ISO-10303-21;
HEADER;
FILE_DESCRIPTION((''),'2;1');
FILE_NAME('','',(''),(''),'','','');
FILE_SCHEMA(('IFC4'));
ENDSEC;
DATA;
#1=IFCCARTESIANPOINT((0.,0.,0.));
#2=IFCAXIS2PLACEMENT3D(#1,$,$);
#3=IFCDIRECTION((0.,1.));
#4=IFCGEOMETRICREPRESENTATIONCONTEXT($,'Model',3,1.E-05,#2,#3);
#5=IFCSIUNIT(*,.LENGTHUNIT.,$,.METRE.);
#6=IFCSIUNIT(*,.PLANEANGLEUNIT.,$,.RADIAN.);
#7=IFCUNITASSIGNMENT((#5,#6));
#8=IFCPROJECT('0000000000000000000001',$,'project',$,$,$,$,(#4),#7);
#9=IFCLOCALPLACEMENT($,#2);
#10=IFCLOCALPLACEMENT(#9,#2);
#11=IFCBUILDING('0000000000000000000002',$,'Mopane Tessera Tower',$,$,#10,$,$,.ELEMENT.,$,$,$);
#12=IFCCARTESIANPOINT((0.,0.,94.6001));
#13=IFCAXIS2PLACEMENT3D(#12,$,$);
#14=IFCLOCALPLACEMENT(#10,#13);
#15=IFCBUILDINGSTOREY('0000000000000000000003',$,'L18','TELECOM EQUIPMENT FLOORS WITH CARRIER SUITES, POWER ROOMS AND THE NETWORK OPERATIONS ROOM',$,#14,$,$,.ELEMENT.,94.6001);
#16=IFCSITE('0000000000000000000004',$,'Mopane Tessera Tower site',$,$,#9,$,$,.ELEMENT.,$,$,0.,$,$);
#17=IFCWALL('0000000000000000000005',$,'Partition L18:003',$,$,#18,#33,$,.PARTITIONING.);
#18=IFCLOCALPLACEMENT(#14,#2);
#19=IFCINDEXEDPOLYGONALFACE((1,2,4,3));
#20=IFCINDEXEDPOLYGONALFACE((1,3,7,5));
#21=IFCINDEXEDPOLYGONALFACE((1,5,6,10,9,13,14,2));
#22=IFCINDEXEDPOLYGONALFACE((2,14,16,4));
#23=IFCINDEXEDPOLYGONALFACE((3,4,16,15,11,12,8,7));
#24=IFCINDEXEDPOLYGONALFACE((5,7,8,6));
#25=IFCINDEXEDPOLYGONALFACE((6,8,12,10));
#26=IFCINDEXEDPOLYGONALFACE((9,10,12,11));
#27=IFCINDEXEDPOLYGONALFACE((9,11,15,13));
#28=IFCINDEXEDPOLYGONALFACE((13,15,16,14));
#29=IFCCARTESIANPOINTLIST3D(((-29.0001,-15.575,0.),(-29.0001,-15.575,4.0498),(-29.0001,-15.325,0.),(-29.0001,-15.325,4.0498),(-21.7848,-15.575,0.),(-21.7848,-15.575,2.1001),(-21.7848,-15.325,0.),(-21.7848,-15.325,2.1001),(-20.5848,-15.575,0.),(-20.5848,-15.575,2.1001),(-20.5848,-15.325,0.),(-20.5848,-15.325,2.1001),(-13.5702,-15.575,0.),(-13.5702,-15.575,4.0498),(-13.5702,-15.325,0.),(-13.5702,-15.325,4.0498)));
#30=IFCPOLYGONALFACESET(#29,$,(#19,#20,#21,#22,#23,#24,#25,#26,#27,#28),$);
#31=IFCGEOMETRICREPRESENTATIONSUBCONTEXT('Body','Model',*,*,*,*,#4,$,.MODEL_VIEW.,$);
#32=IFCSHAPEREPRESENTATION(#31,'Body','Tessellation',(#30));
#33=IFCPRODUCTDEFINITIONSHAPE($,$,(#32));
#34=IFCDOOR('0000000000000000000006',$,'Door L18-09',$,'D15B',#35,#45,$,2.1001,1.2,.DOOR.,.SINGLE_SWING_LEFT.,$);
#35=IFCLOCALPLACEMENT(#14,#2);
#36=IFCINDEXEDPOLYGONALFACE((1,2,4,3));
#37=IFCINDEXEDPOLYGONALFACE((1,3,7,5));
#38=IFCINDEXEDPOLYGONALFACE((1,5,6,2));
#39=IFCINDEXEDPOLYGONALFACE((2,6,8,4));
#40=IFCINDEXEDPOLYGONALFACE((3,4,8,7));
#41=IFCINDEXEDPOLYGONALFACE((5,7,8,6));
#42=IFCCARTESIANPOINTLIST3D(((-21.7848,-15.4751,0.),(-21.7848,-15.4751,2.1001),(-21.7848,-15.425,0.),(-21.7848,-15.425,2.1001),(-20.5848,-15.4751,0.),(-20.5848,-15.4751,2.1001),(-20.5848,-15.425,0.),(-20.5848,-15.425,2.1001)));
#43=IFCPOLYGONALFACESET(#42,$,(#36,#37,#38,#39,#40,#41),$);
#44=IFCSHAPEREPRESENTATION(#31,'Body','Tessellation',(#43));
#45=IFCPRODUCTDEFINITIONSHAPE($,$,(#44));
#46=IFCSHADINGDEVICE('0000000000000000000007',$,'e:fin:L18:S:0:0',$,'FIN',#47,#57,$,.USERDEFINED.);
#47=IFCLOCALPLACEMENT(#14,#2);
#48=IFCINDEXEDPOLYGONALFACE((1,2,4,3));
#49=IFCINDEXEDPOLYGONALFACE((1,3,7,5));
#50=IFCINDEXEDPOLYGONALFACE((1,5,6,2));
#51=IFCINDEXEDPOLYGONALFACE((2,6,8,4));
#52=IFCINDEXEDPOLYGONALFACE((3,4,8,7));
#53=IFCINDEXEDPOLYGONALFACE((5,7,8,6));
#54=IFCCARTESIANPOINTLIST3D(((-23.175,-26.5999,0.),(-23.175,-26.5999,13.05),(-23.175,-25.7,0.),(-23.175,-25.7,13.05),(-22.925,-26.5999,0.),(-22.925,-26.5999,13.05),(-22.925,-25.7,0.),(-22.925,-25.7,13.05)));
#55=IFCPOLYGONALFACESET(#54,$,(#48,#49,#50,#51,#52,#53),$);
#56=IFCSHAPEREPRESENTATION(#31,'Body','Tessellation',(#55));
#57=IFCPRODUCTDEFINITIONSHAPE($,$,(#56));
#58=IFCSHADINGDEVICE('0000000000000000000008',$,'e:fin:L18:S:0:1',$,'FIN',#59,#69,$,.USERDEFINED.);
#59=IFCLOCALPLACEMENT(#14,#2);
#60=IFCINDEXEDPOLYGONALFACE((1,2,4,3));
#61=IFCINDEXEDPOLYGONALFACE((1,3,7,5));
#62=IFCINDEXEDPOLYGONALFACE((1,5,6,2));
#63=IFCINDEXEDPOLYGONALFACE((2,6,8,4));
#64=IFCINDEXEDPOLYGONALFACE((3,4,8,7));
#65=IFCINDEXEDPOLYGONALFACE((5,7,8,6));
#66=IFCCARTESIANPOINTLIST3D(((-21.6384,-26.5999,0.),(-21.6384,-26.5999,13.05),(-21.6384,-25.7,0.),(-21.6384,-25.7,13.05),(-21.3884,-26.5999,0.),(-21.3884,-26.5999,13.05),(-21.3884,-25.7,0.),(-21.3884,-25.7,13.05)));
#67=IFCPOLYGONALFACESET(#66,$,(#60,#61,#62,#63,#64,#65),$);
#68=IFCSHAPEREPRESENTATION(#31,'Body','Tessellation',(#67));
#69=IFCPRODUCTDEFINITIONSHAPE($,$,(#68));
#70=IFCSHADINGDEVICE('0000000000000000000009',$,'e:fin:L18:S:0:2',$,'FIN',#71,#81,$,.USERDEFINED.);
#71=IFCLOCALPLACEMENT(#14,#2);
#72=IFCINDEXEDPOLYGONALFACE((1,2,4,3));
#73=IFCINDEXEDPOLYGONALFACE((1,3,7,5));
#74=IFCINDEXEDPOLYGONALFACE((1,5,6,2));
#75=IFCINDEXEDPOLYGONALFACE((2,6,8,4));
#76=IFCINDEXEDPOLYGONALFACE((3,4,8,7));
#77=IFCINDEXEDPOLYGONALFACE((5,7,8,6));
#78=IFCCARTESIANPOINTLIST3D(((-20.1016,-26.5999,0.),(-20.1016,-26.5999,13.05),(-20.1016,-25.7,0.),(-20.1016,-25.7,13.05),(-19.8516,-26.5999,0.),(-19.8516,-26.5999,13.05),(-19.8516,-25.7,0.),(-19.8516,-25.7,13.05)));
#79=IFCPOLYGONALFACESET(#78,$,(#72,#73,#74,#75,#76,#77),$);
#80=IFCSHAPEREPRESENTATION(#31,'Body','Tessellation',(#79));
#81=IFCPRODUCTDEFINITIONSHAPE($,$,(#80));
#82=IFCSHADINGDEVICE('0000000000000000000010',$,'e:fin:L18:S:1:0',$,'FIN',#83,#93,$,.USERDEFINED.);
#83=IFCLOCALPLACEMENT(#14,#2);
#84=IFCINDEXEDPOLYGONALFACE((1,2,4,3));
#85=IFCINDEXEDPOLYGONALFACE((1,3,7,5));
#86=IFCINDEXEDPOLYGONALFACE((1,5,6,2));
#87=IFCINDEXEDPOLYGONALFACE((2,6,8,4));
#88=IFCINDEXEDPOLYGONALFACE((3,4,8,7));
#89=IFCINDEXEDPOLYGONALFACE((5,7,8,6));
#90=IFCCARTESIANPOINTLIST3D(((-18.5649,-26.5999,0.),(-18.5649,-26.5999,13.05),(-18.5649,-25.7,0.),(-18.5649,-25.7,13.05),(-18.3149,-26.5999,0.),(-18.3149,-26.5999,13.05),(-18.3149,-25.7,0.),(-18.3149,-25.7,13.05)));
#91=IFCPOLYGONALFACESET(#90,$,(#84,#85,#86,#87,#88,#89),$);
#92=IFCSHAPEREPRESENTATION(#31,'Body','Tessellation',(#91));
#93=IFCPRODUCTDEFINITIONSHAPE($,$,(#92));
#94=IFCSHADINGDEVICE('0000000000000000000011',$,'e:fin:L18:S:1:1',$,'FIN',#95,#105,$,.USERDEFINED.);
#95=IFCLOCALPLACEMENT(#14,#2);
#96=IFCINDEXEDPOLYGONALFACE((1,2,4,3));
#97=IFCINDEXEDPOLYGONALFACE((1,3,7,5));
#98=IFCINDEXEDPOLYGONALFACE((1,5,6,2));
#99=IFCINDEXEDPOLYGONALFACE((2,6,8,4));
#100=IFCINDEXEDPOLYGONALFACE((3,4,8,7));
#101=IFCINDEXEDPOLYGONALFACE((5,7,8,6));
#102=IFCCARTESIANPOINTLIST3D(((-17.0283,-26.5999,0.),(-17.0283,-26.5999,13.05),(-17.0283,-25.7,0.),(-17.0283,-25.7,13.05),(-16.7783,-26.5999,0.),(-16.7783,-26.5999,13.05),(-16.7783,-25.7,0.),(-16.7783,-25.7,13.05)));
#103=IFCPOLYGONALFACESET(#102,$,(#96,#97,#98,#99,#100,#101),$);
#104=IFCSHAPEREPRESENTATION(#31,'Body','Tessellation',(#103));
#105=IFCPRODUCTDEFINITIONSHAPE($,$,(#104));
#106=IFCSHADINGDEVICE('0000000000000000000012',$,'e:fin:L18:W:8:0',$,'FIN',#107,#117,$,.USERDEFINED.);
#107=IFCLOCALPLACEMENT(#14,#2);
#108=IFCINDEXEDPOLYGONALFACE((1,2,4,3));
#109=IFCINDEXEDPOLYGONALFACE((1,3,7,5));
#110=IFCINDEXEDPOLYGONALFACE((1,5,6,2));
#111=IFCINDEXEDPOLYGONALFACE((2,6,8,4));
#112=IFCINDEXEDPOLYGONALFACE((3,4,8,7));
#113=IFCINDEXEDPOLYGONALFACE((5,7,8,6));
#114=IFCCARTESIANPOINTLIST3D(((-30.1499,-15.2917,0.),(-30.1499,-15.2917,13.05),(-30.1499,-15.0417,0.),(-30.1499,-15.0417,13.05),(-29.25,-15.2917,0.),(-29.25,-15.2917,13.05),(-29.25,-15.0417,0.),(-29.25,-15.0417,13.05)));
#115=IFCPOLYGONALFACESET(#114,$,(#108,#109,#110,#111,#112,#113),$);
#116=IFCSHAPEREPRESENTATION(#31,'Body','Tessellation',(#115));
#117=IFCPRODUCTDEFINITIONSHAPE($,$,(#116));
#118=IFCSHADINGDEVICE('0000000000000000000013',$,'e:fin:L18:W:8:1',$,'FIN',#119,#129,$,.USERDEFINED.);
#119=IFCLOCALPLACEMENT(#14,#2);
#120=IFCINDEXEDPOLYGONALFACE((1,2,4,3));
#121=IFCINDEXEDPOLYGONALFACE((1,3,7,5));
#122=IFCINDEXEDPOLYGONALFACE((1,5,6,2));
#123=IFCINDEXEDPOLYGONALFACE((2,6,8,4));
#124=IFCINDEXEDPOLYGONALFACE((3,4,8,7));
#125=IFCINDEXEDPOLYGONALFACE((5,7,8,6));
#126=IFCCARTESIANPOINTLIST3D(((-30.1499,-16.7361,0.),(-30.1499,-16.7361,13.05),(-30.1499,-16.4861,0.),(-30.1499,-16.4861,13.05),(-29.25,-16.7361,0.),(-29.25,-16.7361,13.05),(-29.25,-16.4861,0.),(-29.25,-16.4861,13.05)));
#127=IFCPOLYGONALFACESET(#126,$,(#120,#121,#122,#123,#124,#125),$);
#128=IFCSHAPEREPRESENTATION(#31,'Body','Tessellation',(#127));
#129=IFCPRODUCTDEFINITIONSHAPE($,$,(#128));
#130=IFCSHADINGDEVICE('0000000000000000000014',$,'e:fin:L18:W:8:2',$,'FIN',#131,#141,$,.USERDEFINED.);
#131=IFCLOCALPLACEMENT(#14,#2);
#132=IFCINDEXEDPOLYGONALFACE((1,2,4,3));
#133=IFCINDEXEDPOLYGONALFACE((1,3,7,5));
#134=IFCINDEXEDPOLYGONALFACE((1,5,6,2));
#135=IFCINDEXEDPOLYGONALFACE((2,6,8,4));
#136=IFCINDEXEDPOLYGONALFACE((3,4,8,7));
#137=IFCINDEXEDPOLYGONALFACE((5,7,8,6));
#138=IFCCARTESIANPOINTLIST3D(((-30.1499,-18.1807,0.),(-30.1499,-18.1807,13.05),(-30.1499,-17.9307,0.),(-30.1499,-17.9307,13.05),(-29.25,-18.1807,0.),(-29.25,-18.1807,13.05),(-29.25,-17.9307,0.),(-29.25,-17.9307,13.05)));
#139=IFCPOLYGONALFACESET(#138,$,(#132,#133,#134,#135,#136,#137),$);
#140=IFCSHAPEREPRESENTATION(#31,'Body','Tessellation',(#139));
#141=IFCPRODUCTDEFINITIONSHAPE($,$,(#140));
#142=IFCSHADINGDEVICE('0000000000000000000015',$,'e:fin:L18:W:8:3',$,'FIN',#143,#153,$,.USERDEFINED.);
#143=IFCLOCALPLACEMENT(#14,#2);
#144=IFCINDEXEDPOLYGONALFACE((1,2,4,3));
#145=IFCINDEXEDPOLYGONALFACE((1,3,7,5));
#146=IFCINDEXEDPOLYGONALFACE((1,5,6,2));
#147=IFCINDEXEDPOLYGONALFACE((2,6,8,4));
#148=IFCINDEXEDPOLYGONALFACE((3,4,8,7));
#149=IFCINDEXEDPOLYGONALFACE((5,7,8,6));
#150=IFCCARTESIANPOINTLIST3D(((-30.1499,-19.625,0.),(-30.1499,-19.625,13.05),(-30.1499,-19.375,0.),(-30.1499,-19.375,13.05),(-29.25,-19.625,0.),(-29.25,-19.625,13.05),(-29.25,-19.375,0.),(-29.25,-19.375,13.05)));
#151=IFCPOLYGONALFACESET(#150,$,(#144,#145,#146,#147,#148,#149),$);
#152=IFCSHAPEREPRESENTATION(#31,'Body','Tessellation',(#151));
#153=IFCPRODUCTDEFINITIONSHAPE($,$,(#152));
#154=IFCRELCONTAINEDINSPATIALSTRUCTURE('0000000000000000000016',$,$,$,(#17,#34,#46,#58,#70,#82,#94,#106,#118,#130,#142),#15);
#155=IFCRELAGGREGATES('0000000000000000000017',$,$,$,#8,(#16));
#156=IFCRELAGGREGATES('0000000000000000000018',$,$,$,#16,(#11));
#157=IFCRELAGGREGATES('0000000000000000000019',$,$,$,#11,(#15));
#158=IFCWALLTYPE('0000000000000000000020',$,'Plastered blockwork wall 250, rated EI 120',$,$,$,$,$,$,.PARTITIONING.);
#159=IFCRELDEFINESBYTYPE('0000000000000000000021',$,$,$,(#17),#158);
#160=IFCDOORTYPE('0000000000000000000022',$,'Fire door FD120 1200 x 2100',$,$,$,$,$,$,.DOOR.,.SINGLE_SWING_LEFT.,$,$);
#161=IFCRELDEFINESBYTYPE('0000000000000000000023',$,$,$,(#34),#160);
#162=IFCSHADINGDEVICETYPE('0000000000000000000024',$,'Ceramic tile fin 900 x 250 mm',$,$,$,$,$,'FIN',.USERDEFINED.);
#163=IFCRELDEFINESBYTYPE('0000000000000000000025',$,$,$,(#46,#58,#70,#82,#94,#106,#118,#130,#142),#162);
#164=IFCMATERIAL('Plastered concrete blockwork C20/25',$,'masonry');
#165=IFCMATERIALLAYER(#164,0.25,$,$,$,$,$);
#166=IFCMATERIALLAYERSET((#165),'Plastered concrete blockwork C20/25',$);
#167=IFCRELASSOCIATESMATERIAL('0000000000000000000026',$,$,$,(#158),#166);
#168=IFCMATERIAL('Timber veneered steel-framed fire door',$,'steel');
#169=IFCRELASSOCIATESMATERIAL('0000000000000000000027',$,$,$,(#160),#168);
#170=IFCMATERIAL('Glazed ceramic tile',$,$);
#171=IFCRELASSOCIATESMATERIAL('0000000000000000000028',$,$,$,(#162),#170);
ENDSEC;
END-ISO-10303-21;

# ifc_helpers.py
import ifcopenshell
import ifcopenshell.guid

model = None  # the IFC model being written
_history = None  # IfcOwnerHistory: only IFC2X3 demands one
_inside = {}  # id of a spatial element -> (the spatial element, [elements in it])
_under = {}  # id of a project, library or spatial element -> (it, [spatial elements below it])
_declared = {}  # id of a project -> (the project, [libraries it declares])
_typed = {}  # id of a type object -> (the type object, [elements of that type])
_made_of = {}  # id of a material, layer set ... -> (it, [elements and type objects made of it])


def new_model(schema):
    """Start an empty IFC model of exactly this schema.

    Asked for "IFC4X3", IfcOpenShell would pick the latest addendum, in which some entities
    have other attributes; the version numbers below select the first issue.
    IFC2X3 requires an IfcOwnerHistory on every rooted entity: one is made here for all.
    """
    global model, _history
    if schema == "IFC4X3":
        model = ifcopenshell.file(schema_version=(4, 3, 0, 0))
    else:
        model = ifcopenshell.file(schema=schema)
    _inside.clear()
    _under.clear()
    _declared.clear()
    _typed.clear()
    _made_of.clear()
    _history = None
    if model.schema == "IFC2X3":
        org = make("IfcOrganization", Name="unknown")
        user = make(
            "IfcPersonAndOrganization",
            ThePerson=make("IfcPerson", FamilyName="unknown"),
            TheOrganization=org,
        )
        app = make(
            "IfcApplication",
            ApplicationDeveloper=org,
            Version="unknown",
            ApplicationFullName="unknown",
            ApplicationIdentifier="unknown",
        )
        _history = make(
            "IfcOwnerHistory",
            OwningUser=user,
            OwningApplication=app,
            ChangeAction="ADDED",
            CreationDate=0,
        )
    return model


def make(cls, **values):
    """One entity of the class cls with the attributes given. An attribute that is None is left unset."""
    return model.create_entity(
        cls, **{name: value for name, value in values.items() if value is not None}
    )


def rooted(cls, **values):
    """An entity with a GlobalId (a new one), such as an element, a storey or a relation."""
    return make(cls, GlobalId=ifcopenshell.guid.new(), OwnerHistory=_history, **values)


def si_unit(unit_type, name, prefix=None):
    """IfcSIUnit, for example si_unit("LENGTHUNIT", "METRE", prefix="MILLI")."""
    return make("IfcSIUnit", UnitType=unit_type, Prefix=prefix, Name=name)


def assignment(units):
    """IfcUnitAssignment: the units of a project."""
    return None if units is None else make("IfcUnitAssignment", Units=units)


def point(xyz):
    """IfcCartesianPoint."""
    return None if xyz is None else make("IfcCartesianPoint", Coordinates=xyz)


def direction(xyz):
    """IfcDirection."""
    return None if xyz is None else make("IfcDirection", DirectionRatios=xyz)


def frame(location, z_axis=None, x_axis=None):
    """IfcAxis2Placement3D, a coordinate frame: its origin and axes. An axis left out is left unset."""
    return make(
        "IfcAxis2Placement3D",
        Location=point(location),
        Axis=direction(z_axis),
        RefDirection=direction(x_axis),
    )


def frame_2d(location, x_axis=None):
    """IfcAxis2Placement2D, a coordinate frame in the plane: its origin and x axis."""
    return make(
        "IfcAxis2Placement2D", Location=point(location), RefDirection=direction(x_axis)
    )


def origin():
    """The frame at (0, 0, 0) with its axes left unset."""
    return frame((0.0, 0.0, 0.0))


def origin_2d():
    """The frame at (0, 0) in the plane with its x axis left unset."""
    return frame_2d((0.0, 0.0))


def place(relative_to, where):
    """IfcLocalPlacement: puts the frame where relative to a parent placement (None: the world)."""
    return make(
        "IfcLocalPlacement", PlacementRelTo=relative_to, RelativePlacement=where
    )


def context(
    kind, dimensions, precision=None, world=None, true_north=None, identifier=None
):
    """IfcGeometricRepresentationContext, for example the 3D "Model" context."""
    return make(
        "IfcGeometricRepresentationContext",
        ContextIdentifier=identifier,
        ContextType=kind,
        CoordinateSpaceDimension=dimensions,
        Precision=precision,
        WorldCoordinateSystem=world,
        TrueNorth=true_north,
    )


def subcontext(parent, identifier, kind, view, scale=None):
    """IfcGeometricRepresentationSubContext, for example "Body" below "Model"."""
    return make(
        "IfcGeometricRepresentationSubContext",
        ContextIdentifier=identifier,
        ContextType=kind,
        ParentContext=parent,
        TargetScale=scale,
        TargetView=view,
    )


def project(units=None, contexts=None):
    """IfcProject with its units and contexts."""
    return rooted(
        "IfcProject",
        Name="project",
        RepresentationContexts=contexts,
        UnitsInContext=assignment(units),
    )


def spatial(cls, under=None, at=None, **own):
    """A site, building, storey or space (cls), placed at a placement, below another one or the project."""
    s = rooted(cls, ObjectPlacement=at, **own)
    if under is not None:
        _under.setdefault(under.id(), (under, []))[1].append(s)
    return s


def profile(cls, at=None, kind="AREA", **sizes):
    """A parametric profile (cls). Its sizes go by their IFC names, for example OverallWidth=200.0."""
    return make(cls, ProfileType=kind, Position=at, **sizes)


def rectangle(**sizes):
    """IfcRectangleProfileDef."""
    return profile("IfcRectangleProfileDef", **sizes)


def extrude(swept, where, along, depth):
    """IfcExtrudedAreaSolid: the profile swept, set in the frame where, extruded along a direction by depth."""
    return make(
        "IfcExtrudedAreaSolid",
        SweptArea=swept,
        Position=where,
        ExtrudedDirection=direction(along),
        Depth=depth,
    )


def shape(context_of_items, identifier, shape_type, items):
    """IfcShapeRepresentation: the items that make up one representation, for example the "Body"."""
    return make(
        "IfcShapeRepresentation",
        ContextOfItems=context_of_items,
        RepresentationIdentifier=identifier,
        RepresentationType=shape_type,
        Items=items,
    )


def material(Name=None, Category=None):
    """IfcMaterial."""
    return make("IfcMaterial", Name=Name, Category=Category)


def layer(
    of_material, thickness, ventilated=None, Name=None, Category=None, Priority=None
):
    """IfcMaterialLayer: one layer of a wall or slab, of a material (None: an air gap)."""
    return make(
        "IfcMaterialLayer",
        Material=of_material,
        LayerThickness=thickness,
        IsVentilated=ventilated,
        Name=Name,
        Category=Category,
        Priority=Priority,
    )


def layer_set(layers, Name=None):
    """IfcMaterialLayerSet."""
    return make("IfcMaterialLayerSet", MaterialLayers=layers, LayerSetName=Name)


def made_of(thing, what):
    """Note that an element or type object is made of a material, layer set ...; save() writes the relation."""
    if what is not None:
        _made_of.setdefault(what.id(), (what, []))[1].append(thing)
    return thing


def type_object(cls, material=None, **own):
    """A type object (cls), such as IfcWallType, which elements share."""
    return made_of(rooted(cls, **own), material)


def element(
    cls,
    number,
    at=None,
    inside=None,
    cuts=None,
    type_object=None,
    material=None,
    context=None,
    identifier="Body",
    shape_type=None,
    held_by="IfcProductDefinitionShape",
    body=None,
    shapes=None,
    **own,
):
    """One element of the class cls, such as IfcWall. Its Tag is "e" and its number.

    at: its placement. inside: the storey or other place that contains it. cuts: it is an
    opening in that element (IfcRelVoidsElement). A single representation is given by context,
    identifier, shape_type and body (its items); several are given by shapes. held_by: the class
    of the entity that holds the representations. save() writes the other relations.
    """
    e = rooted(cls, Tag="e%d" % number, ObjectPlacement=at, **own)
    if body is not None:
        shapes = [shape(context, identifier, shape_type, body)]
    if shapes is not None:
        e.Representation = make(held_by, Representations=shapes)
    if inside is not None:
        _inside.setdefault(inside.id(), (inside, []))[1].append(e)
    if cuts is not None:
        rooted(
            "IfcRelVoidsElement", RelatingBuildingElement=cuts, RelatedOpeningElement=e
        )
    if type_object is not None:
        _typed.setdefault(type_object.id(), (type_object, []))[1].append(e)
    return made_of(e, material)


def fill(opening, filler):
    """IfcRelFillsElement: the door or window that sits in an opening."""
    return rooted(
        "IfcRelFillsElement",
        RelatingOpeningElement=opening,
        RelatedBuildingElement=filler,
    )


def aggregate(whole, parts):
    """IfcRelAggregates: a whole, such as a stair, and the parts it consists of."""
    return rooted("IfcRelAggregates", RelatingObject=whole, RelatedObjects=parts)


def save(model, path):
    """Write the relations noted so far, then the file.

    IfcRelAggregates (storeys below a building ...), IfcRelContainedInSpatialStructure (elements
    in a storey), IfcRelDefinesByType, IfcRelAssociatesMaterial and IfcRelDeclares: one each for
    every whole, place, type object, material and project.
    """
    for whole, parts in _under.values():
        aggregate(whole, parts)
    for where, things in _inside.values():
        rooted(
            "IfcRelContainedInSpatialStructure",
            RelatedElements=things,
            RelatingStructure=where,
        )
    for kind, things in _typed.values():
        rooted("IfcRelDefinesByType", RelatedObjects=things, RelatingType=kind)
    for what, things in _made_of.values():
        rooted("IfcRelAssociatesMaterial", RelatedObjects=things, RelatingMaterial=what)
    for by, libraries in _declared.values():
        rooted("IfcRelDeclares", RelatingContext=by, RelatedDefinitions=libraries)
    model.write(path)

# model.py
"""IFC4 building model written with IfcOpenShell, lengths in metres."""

from ifc_helpers import new_model, si_unit, direction, frame, frame_2d, origin, origin_2d, place, context, subcontext, project, spatial, rectangle, extrude, material, layer, layer_set, type_object, element, fill, save


model = new_model("IFC4")

# Units and contexts
model_context = context("Model", 3, precision=1e-05, world=origin(), true_north=direction((0.0, 1.0)))
body_context = subcontext(model_context, "Body", "Model", "MODEL_VIEW")
ifc_project = project(units=[si_unit("LENGTHUNIT", "METRE"), si_unit("PLANEANGLEUNIT", "RADIAN")], contexts=[model_context])

# Site, building, storey
site_placement = place(None, origin())
site = spatial("IfcSite", under=ifc_project, at=site_placement, Name="Mopane Tessera Tower site", CompositionType="ELEMENT", RefElevation=0.0)
building_placement = place(site_placement, origin())
building = spatial("IfcBuilding", under=site, at=building_placement, Name="Mopane Tessera Tower", CompositionType="ELEMENT")
storey_placement = place(building_placement, frame((0.0, 0.0, 94.6001)))
storey = spatial("IfcBuildingStorey", under=building, at=storey_placement, Name="L18", Description="TELECOM EQUIPMENT FLOORS WITH CARRIER SUITES, POWER ROOMS AND THE NETWORK OPERATIONS ROOM", CompositionType="ELEMENT", Elevation=94.6001)

# Wall, opening, door
ifc_material_1 = material(Name="Plastered concrete blockwork C20/25", Category="masonry")
ifc_layer_1 = layer(ifc_material_1, 0.25)
ifc_layer_set_1 = layer_set([ifc_layer_1], Name="Plastered concrete blockwork C20/25")
wall_type = type_object("IfcWallType", Name="Plastered blockwork wall 250, rated EI 120", PredefinedType="PARTITIONING", material=ifc_layer_set_1)
wall_1_placement = place(storey_placement, frame((-29.0, -15.45, 0.0), z_axis=(0.0, 0.0, 1.0), x_axis=(1.0, 0.0, 0.0)))
wall_1 = element("IfcWall", 1, at=wall_1_placement, inside=storey, type_object=wall_type, Name="Partition L18:003", PredefinedType="PARTITIONING", context=body_context, shape_type="SweptSolid", body=[
    extrude(rectangle(XDim=15.4299, YDim=0.25, at=frame_2d((7.7148, 0.0))), origin(), (0.0, 0.0, 1.0), 4.0498),
])
opening_1_placement = place(wall_1_placement, frame((7.2151, 0.0, 0.0)))
opening_1 = element("IfcOpeningElement", 2, at=opening_1_placement, cuts=wall_1, PredefinedType="OPENING", context=body_context, shape_type="SweptSolid", body=[
    extrude(rectangle(XDim=1.2, YDim=2.1001, at=frame_2d((0.6001, 1.05))), frame((0.0, 0.137, 0.0), z_axis=(0.0, -1.0, 0.0), x_axis=(1.0, 0.0, 0.0)), (0.0, 0.0, 1.0), 0.2739),
])
ifc_material_2 = material(Name="Timber veneered steel-framed fire door", Category="steel")
door_type_1 = type_object("IfcDoorType", Name="Fire door FD120 1200 x 2100", OperationType="SINGLE_SWING_LEFT", PredefinedType="DOOR", material=ifc_material_2)
door_1_placement = place(opening_1_placement, origin())
door_1 = element("IfcDoor", 3, at=door_1_placement, inside=storey, type_object=door_type_1, Name="Door L18-09", ObjectType="D15B", OperationType="SINGLE_SWING_LEFT", OverallHeight=2.1001, OverallWidth=1.2, PredefinedType="DOOR", context=body_context, shape_type="SweptSolid", body=[
    extrude(rectangle(XDim=1.2, YDim=2.1001, at=frame_2d((0.6001, 1.05))), frame((0.0, 0.0249, 0.0), z_axis=(0.0, -1.0, 0.0), x_axis=(1.0, 0.0, 0.0)), (0.0, 0.0, 1.0), 0.05),
])
fill(opening_1, door_1)

# Shading devices
ifc_material_3 = material(Name="Glazed ceramic tile")
shading_device_type = type_object("IfcShadingDeviceType", Name="Ceramic tile fin 900 x 250 mm", ElementType="FIN", PredefinedType="USERDEFINED", material=ifc_material_3)
for number, where, z_axis, x_axis, name in (
    (4, (-23.05, -26.1499, 0.0), (0.0, 0.0, 1.0), (1.0, 0.0, 0.0), "e:fin:L18:S:0:0"),
    (5, (-21.5134, -26.1499, 0.0), (0.0, 0.0, 1.0), (1.0, 0.0, 0.0), "e:fin:L18:S:0:1"),
    (6, (-19.9766, -26.1499, 0.0), (0.0, 0.0, 1.0), (1.0, 0.0, 0.0), "e:fin:L18:S:0:2"),
    (7, (-18.4399, -26.1499, 0.0), (0.0, 0.0, 1.0), (1.0, 0.0, 0.0), "e:fin:L18:S:1:0"),
    (8, (-16.9033, -26.1499, 0.0), (0.0, 0.0, 1.0), (1.0, 0.0, 0.0), "e:fin:L18:S:1:1"),
    (9, (-29.7, -15.1667, 0.0), (0.0, 0.0, 1.0), (0.0, -1.0, 0.0), "e:fin:L18:W:8:0"),
    (10, (-29.7, -16.6111, 0.0), (0.0, 0.0, 1.0), (0.0, -1.0, 0.0), "e:fin:L18:W:8:1"),
    (11, (-29.7, -18.0557, 0.0), (0.0, 0.0, 1.0), (0.0, -1.0, 0.0), "e:fin:L18:W:8:2"),
    (12, (-29.7, -19.5, 0.0), (0.0, 0.0, 1.0), (0.0, -1.0, 0.0), "e:fin:L18:W:8:3"),
):
    element("IfcShadingDevice", number, at=place(storey_placement, frame(where, z_axis=z_axis, x_axis=x_axis)), inside=storey, type_object=shading_device_type, Name=name, ObjectType="FIN", PredefinedType="USERDEFINED", context=body_context, shape_type="SweptSolid", body=[
        extrude(rectangle(XDim=0.25, YDim=0.8999, at=origin_2d()), origin(), (0.0, 0.0, 1.0), 13.05),
    ])

save(model, "model.ifc")
